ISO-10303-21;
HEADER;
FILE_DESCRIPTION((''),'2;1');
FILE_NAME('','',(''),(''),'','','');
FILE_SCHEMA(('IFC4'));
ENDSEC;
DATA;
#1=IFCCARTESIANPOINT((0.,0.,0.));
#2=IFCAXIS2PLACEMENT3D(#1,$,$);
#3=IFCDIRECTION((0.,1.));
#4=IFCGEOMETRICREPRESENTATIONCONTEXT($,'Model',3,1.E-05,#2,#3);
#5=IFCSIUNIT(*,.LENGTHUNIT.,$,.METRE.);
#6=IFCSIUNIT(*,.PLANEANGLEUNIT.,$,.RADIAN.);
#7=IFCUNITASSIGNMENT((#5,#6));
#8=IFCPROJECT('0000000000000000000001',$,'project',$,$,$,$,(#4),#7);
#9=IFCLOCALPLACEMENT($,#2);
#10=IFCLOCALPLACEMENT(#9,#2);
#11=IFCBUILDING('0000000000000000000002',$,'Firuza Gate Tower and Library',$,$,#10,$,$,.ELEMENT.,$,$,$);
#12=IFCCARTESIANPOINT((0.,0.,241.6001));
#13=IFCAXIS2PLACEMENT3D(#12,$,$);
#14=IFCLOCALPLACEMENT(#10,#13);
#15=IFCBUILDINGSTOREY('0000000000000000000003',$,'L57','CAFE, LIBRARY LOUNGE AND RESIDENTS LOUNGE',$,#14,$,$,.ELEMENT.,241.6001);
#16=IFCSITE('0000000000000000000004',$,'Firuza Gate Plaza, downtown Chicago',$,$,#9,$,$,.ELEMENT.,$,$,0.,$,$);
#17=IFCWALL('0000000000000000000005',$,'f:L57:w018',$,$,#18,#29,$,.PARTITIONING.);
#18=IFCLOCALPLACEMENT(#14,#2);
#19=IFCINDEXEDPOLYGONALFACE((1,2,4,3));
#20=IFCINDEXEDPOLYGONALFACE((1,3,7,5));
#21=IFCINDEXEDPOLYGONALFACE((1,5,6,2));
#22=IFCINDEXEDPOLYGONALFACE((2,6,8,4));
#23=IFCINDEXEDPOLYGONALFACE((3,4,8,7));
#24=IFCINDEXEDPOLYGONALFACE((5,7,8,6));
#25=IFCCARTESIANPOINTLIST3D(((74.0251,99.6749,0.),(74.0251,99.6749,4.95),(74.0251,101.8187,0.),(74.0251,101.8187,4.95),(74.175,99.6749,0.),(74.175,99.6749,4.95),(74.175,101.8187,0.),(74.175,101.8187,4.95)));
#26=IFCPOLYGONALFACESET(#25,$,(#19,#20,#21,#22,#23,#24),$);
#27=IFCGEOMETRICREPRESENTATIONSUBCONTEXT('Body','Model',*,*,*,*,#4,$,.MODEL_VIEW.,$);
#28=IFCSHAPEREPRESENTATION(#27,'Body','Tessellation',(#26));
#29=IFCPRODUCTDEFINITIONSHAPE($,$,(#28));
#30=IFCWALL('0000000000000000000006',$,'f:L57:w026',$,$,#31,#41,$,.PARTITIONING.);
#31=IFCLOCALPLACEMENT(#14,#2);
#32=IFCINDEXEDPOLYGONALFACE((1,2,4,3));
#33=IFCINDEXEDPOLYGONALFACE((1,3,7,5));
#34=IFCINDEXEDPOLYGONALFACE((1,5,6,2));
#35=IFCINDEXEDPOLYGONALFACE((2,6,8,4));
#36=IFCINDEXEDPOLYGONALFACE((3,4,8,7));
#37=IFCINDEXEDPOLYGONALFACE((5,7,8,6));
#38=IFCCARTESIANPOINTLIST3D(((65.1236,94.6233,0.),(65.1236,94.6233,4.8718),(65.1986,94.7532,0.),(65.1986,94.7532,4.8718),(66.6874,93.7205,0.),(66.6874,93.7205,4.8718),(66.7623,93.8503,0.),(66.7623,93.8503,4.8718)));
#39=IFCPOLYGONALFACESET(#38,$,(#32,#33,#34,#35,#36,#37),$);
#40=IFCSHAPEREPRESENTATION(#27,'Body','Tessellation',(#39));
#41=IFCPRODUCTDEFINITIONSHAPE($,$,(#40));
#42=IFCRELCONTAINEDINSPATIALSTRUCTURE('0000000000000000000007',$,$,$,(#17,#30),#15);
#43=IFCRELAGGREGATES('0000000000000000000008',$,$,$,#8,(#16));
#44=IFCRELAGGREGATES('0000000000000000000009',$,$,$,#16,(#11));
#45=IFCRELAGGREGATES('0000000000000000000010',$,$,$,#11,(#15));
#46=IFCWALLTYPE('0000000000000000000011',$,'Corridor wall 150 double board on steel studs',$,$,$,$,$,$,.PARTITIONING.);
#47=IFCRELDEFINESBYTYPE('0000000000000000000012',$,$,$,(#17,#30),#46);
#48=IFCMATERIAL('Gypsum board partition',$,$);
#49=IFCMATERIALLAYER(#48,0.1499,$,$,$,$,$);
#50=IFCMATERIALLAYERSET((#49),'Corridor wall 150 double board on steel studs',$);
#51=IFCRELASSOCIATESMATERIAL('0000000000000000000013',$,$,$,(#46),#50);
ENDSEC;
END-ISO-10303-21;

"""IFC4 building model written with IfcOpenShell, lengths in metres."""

from ifc_helpers import new_model, si_unit, direction, frame, frame_2d, origin, place, context, subcontext, project, spatial, rectangle, extrude, material, layer, layer_set, type_object, element, save


model = new_model("IFC4")

# Units and contexts
model_context = context("Model", 3, precision=1e-05, world=origin(), true_north=direction((0.0, 1.0)))
body_context = subcontext(model_context, "Body", "Model", "MODEL_VIEW")
ifc_project = project(units=[si_unit("LENGTHUNIT", "METRE"), si_unit("PLANEANGLEUNIT", "RADIAN")], contexts=[model_context])

# Site, building, storey
site_placement = place(None, origin())
site = spatial("IfcSite", under=ifc_project, at=site_placement, Name="Firuza Gate Plaza, downtown Chicago", CompositionType="ELEMENT", RefElevation=0.0)
building_placement = place(site_placement, origin())
building = spatial("IfcBuilding", under=site, at=building_placement, Name="Firuza Gate Tower and Library", CompositionType="ELEMENT")
storey_placement = place(building_placement, frame((0.0, 0.0, 241.6001)))
storey = spatial("IfcBuildingStorey", under=building, at=storey_placement, Name="L57", Description="CAFE, LIBRARY LOUNGE AND RESIDENTS LOUNGE", CompositionType="ELEMENT", Elevation=241.6001)

# Shared definitions
ifc_material_1 = material(Name="Gypsum board partition")
ifc_layer_1 = layer(ifc_material_1, 0.1499)
ifc_layer_set_1 = layer_set([ifc_layer_1], Name="Corridor wall 150 double board on steel studs")
wall_type_1 = type_object("IfcWallType", Name="Corridor wall 150 double board on steel studs", PredefinedType="PARTITIONING", material=ifc_layer_set_1)

# Walls
wall_1_placement = place(storey_placement, frame((74.1001, 99.675, 0.0), z_axis=(0.0, 0.0, 1.0), x_axis=(0.0, 1.0, 0.0)))
element("IfcWall", 1, at=wall_1_placement, inside=storey, type_object=wall_type_1, Name="f:L57:w018", PredefinedType="PARTITIONING", context=body_context, shape_type="SweptSolid", body=[
    extrude(rectangle(XDim=2.1438, YDim=0.1499, at=frame_2d((1.0718, 0.0))), origin(), (0.0, 0.0, 1.0), 4.95),
])
wall_2_placement = place(storey_placement, frame((66.7249, 93.7854, 0.0), z_axis=(0.0, 0.0, 1.0), x_axis=(-0.866021, 0.500007, 0.0)))
element("IfcWall", 2, at=wall_2_placement, inside=storey, type_object=wall_type_1, Name="f:L57:w026", PredefinedType="PARTITIONING", context=body_context, shape_type="SweptSolid", body=[
    extrude(rectangle(XDim=1.8057, YDim=0.1499, at=frame_2d((0.9028, 0.0))), origin(), (0.0, 0.0, 1.0), 4.8718),
])

save(model, "model.ifc")
